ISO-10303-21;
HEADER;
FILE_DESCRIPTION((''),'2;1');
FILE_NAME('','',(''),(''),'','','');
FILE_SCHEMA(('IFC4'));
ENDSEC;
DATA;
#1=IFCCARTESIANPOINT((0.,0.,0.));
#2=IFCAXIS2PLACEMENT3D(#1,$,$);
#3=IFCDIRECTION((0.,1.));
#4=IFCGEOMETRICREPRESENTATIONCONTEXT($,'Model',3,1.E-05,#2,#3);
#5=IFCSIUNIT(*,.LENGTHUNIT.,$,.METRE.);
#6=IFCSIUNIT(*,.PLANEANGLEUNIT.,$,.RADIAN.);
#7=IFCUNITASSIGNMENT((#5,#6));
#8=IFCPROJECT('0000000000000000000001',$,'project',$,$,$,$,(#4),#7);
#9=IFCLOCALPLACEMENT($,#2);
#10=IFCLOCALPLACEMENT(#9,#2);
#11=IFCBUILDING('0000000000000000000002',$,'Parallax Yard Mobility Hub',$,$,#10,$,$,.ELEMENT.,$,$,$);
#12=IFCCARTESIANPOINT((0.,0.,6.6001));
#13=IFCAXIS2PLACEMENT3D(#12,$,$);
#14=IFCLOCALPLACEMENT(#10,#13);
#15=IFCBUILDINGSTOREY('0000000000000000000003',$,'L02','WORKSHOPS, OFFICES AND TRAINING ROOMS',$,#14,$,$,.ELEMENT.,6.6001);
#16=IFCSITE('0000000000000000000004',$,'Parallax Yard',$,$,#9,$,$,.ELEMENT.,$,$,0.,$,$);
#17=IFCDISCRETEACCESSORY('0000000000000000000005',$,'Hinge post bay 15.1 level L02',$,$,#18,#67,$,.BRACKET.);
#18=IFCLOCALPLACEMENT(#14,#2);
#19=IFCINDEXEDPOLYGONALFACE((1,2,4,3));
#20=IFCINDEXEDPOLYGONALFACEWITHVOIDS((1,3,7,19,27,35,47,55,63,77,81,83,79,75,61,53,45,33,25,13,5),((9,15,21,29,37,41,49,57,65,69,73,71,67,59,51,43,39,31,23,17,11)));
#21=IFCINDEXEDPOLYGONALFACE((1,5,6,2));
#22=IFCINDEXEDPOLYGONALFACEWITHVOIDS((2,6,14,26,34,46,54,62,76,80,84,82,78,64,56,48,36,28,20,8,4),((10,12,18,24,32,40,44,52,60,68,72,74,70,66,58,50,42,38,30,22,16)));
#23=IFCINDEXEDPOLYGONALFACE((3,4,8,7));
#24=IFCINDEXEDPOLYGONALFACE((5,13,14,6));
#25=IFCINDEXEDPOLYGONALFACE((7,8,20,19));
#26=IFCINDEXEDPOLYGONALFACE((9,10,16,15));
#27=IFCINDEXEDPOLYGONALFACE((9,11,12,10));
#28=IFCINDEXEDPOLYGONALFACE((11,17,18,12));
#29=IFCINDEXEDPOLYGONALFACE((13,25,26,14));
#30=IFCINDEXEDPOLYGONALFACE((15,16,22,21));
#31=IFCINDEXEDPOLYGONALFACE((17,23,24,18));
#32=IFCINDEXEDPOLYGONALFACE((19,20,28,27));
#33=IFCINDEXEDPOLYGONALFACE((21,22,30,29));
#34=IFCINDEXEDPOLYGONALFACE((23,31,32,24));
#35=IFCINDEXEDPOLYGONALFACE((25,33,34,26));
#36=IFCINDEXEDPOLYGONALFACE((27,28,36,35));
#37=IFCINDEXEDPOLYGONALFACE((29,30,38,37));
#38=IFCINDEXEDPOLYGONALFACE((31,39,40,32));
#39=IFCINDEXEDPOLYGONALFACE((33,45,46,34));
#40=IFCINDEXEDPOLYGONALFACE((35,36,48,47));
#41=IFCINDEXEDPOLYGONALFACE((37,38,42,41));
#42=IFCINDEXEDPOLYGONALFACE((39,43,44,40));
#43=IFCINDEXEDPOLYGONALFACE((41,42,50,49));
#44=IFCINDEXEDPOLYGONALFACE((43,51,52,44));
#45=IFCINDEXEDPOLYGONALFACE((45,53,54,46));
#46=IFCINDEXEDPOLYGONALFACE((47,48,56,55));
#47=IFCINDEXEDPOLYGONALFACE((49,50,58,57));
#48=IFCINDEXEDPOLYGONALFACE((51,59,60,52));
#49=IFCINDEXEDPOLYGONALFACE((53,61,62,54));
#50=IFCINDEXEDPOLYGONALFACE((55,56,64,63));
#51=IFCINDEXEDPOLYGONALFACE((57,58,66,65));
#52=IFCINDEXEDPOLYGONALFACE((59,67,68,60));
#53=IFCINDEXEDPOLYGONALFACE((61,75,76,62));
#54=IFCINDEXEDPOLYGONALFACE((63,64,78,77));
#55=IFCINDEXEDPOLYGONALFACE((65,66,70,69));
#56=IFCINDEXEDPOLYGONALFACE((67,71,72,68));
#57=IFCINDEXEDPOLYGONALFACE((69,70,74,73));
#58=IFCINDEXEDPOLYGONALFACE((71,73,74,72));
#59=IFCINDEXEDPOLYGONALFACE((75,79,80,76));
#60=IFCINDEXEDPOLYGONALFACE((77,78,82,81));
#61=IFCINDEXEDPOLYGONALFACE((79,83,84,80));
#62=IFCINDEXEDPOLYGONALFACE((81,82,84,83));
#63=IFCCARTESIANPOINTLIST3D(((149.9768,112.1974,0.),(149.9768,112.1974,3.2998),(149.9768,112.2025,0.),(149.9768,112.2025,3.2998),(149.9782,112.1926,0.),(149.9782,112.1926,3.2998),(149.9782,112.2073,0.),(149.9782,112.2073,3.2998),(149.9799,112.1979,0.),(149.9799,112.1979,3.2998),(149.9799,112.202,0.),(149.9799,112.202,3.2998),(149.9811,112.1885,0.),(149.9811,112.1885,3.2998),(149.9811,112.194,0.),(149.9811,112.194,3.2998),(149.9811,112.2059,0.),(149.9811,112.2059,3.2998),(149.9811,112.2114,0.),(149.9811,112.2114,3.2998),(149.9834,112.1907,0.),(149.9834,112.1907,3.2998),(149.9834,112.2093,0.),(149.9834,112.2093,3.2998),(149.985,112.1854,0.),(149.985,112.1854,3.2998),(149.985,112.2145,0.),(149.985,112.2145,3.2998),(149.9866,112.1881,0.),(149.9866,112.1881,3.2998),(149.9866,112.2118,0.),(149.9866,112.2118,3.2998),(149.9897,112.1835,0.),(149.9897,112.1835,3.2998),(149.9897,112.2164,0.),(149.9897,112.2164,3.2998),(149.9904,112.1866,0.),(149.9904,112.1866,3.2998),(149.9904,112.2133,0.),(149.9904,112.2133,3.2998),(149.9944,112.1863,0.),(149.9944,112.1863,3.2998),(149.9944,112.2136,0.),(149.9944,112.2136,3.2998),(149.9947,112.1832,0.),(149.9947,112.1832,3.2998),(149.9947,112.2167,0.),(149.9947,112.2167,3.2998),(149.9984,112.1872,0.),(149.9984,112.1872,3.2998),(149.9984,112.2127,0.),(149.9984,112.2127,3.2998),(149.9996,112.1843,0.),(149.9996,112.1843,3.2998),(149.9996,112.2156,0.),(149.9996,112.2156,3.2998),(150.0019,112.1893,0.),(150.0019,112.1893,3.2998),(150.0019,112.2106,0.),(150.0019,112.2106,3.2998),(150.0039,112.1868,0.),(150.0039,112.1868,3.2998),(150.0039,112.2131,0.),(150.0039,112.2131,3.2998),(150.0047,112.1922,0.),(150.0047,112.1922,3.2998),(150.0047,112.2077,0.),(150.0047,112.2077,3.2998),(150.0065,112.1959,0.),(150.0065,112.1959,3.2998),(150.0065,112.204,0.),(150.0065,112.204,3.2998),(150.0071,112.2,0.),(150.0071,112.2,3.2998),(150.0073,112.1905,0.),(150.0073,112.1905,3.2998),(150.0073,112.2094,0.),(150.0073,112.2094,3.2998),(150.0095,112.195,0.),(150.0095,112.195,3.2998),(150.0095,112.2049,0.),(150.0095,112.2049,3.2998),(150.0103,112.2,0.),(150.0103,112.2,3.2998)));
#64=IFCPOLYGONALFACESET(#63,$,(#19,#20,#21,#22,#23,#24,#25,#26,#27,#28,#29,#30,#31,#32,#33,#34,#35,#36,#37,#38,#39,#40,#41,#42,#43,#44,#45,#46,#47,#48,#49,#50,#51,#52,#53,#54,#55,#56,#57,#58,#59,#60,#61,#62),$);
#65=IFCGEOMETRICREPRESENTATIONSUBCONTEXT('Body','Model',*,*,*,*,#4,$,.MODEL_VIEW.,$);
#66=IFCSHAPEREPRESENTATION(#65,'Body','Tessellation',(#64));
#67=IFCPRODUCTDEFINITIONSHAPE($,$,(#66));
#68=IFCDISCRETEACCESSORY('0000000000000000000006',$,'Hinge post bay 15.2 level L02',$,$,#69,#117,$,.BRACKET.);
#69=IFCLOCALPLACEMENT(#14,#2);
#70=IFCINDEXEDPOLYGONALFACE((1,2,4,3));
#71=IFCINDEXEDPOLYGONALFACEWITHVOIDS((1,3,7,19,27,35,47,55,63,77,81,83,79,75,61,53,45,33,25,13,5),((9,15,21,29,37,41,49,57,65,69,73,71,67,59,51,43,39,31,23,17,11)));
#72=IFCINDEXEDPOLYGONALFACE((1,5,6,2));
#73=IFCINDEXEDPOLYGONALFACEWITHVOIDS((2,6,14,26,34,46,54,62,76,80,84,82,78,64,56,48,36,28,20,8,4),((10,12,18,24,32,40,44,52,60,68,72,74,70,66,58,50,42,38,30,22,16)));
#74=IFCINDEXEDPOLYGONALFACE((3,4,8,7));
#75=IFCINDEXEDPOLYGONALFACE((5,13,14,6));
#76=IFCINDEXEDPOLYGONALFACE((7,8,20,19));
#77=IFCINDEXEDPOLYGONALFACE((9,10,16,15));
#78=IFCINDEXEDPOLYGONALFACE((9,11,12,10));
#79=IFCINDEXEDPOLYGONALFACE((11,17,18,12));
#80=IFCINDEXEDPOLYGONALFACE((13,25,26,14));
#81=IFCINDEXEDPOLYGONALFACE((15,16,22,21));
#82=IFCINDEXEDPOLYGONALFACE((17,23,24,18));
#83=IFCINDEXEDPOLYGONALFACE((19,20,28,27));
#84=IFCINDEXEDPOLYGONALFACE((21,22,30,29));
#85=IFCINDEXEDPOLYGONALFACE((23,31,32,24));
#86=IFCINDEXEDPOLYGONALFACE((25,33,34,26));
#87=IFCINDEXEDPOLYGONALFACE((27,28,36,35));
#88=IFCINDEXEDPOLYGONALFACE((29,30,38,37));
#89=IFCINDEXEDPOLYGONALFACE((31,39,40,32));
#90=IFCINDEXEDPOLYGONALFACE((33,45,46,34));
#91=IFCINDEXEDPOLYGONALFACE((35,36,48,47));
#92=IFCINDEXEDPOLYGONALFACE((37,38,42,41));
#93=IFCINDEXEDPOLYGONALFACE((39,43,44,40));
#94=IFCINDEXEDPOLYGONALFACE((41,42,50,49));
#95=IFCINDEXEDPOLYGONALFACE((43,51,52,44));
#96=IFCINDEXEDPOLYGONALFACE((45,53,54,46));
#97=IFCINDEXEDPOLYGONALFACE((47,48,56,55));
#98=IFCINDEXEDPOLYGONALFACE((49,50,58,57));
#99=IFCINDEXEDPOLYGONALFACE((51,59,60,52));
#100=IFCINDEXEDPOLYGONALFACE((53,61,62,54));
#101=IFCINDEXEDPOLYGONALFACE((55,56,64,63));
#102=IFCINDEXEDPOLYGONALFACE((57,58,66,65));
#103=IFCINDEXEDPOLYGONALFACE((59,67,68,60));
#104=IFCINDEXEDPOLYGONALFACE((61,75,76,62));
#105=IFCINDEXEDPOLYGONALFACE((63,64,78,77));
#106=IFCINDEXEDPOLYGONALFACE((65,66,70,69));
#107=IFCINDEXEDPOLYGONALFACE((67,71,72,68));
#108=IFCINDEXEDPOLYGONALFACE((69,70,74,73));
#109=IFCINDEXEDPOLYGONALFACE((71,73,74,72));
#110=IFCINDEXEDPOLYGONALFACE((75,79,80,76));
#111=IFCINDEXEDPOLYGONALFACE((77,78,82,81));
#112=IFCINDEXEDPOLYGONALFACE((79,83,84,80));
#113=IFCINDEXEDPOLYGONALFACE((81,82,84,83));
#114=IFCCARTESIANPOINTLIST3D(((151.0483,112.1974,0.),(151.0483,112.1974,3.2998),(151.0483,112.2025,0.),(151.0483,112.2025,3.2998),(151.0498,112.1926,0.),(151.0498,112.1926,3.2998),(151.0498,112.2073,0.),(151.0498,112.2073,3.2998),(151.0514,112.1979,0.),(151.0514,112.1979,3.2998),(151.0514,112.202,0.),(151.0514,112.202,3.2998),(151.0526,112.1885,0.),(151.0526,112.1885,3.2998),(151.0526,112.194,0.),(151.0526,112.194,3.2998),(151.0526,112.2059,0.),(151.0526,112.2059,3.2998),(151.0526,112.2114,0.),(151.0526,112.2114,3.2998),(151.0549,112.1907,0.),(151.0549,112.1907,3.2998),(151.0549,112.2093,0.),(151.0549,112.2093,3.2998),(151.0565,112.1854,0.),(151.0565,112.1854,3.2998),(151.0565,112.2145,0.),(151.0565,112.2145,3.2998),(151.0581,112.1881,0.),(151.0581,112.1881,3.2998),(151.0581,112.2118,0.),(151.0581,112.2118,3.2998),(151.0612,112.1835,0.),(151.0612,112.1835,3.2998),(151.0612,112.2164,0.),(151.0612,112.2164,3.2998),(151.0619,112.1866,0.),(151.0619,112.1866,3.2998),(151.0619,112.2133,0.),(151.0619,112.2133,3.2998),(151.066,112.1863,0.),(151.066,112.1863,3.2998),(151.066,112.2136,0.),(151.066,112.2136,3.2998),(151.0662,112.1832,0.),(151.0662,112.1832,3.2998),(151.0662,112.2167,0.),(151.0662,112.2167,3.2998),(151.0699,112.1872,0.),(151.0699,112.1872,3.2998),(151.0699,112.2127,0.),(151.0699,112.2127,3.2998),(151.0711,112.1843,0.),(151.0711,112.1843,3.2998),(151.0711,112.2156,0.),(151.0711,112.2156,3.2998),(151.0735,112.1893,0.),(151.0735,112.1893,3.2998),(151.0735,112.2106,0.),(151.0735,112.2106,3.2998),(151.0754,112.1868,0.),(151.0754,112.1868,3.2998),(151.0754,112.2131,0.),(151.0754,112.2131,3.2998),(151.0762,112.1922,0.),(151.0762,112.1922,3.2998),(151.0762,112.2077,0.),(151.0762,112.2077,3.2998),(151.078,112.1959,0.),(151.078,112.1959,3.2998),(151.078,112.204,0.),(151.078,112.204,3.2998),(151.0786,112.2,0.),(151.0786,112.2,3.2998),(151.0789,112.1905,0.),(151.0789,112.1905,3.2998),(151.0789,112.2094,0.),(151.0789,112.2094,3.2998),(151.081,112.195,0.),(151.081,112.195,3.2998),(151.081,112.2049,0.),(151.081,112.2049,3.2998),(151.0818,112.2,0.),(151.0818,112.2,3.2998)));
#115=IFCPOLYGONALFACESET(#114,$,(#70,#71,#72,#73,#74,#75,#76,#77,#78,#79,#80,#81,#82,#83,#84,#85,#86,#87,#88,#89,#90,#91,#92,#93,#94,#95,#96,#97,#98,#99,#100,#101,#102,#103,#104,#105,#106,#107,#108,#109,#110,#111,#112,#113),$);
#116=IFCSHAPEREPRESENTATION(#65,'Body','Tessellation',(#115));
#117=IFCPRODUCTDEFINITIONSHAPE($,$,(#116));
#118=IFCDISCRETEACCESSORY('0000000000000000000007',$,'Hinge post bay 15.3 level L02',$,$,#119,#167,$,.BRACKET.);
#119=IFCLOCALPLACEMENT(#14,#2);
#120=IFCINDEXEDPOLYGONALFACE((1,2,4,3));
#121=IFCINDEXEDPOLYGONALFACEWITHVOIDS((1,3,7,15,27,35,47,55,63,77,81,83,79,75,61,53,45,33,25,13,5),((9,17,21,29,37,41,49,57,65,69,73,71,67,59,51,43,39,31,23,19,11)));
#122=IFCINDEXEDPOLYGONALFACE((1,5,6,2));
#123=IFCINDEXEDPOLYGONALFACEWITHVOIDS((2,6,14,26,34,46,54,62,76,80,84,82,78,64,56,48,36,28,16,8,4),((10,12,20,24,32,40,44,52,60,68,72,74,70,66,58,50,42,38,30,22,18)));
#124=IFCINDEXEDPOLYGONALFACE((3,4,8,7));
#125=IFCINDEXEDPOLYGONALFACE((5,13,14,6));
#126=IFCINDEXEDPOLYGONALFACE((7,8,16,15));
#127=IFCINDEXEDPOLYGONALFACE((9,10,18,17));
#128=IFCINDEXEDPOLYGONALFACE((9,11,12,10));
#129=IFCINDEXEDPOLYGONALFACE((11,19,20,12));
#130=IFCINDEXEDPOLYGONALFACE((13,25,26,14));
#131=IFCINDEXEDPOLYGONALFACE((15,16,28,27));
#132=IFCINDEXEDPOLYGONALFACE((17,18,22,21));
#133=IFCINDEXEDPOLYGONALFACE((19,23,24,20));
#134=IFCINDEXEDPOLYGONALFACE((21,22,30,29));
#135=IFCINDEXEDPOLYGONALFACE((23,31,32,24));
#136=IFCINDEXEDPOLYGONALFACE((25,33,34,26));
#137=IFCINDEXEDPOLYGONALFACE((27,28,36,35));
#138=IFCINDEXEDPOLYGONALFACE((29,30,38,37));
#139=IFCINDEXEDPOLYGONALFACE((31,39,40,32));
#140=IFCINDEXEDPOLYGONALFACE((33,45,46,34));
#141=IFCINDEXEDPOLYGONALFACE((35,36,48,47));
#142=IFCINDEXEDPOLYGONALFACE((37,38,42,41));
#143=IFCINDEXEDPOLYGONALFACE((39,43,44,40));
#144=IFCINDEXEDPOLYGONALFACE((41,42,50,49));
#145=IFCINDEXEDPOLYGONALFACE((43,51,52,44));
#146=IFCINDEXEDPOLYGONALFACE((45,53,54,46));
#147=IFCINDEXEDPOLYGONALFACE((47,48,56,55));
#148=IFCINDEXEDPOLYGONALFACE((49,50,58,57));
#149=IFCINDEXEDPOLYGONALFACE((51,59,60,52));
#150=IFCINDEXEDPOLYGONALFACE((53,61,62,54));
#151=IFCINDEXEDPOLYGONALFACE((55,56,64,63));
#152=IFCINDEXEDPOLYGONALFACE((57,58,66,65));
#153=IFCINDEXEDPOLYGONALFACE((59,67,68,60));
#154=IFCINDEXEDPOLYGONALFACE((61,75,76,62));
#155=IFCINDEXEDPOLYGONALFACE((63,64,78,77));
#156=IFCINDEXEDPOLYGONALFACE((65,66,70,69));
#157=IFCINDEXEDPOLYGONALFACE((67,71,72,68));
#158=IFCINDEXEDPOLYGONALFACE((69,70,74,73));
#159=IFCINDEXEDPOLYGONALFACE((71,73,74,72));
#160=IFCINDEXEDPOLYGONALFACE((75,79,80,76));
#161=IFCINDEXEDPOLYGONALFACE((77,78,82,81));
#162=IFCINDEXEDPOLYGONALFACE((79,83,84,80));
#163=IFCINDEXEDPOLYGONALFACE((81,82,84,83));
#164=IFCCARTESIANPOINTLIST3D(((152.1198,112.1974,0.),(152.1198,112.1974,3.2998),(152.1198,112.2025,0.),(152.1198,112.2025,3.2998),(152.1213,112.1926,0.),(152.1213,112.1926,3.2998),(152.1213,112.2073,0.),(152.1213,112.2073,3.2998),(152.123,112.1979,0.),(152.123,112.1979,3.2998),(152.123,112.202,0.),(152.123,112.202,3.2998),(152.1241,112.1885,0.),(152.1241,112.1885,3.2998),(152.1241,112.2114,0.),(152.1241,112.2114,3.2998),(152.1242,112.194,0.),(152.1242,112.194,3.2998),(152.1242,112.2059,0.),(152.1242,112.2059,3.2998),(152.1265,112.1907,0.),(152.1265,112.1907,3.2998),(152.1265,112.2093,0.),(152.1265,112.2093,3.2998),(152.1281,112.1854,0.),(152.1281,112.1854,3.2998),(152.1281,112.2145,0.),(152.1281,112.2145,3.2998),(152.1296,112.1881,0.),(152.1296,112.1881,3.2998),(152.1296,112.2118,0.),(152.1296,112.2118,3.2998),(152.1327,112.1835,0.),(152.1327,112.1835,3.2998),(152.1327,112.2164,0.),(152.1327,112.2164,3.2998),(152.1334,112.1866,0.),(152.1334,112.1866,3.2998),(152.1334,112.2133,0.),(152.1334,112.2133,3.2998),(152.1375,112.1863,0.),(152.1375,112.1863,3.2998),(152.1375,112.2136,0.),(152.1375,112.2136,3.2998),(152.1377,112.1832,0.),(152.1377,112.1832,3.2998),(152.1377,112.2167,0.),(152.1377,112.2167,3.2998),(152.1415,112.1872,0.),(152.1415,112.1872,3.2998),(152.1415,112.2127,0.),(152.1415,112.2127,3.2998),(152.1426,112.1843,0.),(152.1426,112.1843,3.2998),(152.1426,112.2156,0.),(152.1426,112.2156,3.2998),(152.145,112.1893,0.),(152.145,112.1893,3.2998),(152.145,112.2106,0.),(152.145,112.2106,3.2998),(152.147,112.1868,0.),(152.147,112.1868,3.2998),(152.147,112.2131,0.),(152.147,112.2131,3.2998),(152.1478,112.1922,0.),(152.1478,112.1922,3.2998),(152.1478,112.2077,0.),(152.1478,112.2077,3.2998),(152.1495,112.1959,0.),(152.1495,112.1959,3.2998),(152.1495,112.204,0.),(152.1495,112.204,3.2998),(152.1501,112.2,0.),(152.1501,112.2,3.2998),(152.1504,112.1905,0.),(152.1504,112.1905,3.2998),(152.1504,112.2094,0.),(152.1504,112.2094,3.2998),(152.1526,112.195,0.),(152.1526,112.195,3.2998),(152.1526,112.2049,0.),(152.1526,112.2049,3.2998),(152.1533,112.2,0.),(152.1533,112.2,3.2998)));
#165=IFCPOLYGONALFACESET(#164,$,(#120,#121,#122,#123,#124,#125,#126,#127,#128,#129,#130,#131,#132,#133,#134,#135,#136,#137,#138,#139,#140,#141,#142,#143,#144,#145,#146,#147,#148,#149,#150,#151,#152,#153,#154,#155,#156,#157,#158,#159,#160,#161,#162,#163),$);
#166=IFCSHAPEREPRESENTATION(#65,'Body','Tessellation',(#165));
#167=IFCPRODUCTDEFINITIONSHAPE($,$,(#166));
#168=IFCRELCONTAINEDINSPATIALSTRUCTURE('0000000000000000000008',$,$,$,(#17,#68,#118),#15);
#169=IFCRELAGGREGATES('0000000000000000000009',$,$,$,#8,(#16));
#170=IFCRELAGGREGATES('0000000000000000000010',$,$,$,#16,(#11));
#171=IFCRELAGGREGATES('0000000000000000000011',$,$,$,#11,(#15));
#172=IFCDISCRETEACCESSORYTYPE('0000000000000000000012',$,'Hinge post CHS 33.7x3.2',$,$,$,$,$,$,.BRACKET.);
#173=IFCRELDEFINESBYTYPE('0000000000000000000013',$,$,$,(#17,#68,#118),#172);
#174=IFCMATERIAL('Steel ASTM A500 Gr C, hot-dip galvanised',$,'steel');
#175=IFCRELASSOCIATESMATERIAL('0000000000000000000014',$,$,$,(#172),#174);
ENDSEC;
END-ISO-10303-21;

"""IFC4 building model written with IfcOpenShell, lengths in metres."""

from ifc_helpers import new_model, si_unit, direction, frame, origin, origin_2d, place, context, subcontext, project, spatial, hollow_circle, extrude, material, material_profile, profile_set, type_object, element, save


model = new_model("IFC4")

# Units and contexts
model_context = context("Model", 3, precision=1e-05, world=origin(), true_north=direction((0.0, 1.0)))
body_context = subcontext(model_context, "Body", "Model", "MODEL_VIEW")
ifc_project = project(units=[si_unit("LENGTHUNIT", "METRE"), si_unit("PLANEANGLEUNIT", "RADIAN")], contexts=[model_context])

# Site, building, storey
site_placement = place(None, origin())
site = spatial("IfcSite", under=ifc_project, at=site_placement, Name="Parallax Yard", CompositionType="ELEMENT", RefElevation=0.0)
building_placement = place(site_placement, origin())
building = spatial("IfcBuilding", under=site, at=building_placement, Name="Parallax Yard Mobility Hub", CompositionType="ELEMENT")
storey_placement = place(building_placement, frame((0.0, 0.0, 6.6001)))
storey = spatial("IfcBuildingStorey", under=building, at=storey_placement, Name="L02", Description="WORKSHOPS, OFFICES AND TRAINING ROOMS", CompositionType="ELEMENT", Elevation=6.6001)

# Discrete accessories
ifc_material_1 = material(Name="Steel ASTM A500 Gr C, hot-dip galvanised", Category="steel")
ifc_material_profile_1 = material_profile(ifc_material_1, hollow_circle(Radius=0.0168, WallThickness=0.0032, at=origin_2d()), Name="CHS 33.7x3.2")
ifc_profile_set_1 = profile_set([ifc_material_profile_1], Name="Steel ASTM A500 Gr C, hot-dip galvanised")
discrete_accessory_type_1 = type_object("IfcDiscreteAccessoryType", Name="Hinge post CHS 33.7x3.2", PredefinedType="BRACKET", material=ifc_profile_set_1)
for number, where, z_axis, x_axis, name in (
    (1, (149.9934, 112.2, 0.0), (0.0, 0.0, 1.0), (1.0, 0.0, 0.0), "Hinge post bay 15.1 level L02"),
    (2, (151.0649, 112.2, 0.0), (0.0, 0.0, 1.0), (1.0, 0.0, 0.0), "Hinge post bay 15.2 level L02"),
    (3, (152.1365, 112.2, 0.0), (0.0, 0.0, 1.0), (1.0, 0.0, 0.0), "Hinge post bay 15.3 level L02"),
):
    element("IfcDiscreteAccessory", number, at=place(storey_placement, frame(where, z_axis=z_axis, x_axis=x_axis)), inside=storey, type_object=discrete_accessory_type_1, Name=name, PredefinedType="BRACKET", context=body_context, shape_type="SweptSolid", body=[
        extrude(hollow_circle(Radius=0.0168, WallThickness=0.0032, at=origin_2d()), origin(), (0.0, 0.0, 1.0), 3.2998),
    ])

save(model, "model.ifc")
